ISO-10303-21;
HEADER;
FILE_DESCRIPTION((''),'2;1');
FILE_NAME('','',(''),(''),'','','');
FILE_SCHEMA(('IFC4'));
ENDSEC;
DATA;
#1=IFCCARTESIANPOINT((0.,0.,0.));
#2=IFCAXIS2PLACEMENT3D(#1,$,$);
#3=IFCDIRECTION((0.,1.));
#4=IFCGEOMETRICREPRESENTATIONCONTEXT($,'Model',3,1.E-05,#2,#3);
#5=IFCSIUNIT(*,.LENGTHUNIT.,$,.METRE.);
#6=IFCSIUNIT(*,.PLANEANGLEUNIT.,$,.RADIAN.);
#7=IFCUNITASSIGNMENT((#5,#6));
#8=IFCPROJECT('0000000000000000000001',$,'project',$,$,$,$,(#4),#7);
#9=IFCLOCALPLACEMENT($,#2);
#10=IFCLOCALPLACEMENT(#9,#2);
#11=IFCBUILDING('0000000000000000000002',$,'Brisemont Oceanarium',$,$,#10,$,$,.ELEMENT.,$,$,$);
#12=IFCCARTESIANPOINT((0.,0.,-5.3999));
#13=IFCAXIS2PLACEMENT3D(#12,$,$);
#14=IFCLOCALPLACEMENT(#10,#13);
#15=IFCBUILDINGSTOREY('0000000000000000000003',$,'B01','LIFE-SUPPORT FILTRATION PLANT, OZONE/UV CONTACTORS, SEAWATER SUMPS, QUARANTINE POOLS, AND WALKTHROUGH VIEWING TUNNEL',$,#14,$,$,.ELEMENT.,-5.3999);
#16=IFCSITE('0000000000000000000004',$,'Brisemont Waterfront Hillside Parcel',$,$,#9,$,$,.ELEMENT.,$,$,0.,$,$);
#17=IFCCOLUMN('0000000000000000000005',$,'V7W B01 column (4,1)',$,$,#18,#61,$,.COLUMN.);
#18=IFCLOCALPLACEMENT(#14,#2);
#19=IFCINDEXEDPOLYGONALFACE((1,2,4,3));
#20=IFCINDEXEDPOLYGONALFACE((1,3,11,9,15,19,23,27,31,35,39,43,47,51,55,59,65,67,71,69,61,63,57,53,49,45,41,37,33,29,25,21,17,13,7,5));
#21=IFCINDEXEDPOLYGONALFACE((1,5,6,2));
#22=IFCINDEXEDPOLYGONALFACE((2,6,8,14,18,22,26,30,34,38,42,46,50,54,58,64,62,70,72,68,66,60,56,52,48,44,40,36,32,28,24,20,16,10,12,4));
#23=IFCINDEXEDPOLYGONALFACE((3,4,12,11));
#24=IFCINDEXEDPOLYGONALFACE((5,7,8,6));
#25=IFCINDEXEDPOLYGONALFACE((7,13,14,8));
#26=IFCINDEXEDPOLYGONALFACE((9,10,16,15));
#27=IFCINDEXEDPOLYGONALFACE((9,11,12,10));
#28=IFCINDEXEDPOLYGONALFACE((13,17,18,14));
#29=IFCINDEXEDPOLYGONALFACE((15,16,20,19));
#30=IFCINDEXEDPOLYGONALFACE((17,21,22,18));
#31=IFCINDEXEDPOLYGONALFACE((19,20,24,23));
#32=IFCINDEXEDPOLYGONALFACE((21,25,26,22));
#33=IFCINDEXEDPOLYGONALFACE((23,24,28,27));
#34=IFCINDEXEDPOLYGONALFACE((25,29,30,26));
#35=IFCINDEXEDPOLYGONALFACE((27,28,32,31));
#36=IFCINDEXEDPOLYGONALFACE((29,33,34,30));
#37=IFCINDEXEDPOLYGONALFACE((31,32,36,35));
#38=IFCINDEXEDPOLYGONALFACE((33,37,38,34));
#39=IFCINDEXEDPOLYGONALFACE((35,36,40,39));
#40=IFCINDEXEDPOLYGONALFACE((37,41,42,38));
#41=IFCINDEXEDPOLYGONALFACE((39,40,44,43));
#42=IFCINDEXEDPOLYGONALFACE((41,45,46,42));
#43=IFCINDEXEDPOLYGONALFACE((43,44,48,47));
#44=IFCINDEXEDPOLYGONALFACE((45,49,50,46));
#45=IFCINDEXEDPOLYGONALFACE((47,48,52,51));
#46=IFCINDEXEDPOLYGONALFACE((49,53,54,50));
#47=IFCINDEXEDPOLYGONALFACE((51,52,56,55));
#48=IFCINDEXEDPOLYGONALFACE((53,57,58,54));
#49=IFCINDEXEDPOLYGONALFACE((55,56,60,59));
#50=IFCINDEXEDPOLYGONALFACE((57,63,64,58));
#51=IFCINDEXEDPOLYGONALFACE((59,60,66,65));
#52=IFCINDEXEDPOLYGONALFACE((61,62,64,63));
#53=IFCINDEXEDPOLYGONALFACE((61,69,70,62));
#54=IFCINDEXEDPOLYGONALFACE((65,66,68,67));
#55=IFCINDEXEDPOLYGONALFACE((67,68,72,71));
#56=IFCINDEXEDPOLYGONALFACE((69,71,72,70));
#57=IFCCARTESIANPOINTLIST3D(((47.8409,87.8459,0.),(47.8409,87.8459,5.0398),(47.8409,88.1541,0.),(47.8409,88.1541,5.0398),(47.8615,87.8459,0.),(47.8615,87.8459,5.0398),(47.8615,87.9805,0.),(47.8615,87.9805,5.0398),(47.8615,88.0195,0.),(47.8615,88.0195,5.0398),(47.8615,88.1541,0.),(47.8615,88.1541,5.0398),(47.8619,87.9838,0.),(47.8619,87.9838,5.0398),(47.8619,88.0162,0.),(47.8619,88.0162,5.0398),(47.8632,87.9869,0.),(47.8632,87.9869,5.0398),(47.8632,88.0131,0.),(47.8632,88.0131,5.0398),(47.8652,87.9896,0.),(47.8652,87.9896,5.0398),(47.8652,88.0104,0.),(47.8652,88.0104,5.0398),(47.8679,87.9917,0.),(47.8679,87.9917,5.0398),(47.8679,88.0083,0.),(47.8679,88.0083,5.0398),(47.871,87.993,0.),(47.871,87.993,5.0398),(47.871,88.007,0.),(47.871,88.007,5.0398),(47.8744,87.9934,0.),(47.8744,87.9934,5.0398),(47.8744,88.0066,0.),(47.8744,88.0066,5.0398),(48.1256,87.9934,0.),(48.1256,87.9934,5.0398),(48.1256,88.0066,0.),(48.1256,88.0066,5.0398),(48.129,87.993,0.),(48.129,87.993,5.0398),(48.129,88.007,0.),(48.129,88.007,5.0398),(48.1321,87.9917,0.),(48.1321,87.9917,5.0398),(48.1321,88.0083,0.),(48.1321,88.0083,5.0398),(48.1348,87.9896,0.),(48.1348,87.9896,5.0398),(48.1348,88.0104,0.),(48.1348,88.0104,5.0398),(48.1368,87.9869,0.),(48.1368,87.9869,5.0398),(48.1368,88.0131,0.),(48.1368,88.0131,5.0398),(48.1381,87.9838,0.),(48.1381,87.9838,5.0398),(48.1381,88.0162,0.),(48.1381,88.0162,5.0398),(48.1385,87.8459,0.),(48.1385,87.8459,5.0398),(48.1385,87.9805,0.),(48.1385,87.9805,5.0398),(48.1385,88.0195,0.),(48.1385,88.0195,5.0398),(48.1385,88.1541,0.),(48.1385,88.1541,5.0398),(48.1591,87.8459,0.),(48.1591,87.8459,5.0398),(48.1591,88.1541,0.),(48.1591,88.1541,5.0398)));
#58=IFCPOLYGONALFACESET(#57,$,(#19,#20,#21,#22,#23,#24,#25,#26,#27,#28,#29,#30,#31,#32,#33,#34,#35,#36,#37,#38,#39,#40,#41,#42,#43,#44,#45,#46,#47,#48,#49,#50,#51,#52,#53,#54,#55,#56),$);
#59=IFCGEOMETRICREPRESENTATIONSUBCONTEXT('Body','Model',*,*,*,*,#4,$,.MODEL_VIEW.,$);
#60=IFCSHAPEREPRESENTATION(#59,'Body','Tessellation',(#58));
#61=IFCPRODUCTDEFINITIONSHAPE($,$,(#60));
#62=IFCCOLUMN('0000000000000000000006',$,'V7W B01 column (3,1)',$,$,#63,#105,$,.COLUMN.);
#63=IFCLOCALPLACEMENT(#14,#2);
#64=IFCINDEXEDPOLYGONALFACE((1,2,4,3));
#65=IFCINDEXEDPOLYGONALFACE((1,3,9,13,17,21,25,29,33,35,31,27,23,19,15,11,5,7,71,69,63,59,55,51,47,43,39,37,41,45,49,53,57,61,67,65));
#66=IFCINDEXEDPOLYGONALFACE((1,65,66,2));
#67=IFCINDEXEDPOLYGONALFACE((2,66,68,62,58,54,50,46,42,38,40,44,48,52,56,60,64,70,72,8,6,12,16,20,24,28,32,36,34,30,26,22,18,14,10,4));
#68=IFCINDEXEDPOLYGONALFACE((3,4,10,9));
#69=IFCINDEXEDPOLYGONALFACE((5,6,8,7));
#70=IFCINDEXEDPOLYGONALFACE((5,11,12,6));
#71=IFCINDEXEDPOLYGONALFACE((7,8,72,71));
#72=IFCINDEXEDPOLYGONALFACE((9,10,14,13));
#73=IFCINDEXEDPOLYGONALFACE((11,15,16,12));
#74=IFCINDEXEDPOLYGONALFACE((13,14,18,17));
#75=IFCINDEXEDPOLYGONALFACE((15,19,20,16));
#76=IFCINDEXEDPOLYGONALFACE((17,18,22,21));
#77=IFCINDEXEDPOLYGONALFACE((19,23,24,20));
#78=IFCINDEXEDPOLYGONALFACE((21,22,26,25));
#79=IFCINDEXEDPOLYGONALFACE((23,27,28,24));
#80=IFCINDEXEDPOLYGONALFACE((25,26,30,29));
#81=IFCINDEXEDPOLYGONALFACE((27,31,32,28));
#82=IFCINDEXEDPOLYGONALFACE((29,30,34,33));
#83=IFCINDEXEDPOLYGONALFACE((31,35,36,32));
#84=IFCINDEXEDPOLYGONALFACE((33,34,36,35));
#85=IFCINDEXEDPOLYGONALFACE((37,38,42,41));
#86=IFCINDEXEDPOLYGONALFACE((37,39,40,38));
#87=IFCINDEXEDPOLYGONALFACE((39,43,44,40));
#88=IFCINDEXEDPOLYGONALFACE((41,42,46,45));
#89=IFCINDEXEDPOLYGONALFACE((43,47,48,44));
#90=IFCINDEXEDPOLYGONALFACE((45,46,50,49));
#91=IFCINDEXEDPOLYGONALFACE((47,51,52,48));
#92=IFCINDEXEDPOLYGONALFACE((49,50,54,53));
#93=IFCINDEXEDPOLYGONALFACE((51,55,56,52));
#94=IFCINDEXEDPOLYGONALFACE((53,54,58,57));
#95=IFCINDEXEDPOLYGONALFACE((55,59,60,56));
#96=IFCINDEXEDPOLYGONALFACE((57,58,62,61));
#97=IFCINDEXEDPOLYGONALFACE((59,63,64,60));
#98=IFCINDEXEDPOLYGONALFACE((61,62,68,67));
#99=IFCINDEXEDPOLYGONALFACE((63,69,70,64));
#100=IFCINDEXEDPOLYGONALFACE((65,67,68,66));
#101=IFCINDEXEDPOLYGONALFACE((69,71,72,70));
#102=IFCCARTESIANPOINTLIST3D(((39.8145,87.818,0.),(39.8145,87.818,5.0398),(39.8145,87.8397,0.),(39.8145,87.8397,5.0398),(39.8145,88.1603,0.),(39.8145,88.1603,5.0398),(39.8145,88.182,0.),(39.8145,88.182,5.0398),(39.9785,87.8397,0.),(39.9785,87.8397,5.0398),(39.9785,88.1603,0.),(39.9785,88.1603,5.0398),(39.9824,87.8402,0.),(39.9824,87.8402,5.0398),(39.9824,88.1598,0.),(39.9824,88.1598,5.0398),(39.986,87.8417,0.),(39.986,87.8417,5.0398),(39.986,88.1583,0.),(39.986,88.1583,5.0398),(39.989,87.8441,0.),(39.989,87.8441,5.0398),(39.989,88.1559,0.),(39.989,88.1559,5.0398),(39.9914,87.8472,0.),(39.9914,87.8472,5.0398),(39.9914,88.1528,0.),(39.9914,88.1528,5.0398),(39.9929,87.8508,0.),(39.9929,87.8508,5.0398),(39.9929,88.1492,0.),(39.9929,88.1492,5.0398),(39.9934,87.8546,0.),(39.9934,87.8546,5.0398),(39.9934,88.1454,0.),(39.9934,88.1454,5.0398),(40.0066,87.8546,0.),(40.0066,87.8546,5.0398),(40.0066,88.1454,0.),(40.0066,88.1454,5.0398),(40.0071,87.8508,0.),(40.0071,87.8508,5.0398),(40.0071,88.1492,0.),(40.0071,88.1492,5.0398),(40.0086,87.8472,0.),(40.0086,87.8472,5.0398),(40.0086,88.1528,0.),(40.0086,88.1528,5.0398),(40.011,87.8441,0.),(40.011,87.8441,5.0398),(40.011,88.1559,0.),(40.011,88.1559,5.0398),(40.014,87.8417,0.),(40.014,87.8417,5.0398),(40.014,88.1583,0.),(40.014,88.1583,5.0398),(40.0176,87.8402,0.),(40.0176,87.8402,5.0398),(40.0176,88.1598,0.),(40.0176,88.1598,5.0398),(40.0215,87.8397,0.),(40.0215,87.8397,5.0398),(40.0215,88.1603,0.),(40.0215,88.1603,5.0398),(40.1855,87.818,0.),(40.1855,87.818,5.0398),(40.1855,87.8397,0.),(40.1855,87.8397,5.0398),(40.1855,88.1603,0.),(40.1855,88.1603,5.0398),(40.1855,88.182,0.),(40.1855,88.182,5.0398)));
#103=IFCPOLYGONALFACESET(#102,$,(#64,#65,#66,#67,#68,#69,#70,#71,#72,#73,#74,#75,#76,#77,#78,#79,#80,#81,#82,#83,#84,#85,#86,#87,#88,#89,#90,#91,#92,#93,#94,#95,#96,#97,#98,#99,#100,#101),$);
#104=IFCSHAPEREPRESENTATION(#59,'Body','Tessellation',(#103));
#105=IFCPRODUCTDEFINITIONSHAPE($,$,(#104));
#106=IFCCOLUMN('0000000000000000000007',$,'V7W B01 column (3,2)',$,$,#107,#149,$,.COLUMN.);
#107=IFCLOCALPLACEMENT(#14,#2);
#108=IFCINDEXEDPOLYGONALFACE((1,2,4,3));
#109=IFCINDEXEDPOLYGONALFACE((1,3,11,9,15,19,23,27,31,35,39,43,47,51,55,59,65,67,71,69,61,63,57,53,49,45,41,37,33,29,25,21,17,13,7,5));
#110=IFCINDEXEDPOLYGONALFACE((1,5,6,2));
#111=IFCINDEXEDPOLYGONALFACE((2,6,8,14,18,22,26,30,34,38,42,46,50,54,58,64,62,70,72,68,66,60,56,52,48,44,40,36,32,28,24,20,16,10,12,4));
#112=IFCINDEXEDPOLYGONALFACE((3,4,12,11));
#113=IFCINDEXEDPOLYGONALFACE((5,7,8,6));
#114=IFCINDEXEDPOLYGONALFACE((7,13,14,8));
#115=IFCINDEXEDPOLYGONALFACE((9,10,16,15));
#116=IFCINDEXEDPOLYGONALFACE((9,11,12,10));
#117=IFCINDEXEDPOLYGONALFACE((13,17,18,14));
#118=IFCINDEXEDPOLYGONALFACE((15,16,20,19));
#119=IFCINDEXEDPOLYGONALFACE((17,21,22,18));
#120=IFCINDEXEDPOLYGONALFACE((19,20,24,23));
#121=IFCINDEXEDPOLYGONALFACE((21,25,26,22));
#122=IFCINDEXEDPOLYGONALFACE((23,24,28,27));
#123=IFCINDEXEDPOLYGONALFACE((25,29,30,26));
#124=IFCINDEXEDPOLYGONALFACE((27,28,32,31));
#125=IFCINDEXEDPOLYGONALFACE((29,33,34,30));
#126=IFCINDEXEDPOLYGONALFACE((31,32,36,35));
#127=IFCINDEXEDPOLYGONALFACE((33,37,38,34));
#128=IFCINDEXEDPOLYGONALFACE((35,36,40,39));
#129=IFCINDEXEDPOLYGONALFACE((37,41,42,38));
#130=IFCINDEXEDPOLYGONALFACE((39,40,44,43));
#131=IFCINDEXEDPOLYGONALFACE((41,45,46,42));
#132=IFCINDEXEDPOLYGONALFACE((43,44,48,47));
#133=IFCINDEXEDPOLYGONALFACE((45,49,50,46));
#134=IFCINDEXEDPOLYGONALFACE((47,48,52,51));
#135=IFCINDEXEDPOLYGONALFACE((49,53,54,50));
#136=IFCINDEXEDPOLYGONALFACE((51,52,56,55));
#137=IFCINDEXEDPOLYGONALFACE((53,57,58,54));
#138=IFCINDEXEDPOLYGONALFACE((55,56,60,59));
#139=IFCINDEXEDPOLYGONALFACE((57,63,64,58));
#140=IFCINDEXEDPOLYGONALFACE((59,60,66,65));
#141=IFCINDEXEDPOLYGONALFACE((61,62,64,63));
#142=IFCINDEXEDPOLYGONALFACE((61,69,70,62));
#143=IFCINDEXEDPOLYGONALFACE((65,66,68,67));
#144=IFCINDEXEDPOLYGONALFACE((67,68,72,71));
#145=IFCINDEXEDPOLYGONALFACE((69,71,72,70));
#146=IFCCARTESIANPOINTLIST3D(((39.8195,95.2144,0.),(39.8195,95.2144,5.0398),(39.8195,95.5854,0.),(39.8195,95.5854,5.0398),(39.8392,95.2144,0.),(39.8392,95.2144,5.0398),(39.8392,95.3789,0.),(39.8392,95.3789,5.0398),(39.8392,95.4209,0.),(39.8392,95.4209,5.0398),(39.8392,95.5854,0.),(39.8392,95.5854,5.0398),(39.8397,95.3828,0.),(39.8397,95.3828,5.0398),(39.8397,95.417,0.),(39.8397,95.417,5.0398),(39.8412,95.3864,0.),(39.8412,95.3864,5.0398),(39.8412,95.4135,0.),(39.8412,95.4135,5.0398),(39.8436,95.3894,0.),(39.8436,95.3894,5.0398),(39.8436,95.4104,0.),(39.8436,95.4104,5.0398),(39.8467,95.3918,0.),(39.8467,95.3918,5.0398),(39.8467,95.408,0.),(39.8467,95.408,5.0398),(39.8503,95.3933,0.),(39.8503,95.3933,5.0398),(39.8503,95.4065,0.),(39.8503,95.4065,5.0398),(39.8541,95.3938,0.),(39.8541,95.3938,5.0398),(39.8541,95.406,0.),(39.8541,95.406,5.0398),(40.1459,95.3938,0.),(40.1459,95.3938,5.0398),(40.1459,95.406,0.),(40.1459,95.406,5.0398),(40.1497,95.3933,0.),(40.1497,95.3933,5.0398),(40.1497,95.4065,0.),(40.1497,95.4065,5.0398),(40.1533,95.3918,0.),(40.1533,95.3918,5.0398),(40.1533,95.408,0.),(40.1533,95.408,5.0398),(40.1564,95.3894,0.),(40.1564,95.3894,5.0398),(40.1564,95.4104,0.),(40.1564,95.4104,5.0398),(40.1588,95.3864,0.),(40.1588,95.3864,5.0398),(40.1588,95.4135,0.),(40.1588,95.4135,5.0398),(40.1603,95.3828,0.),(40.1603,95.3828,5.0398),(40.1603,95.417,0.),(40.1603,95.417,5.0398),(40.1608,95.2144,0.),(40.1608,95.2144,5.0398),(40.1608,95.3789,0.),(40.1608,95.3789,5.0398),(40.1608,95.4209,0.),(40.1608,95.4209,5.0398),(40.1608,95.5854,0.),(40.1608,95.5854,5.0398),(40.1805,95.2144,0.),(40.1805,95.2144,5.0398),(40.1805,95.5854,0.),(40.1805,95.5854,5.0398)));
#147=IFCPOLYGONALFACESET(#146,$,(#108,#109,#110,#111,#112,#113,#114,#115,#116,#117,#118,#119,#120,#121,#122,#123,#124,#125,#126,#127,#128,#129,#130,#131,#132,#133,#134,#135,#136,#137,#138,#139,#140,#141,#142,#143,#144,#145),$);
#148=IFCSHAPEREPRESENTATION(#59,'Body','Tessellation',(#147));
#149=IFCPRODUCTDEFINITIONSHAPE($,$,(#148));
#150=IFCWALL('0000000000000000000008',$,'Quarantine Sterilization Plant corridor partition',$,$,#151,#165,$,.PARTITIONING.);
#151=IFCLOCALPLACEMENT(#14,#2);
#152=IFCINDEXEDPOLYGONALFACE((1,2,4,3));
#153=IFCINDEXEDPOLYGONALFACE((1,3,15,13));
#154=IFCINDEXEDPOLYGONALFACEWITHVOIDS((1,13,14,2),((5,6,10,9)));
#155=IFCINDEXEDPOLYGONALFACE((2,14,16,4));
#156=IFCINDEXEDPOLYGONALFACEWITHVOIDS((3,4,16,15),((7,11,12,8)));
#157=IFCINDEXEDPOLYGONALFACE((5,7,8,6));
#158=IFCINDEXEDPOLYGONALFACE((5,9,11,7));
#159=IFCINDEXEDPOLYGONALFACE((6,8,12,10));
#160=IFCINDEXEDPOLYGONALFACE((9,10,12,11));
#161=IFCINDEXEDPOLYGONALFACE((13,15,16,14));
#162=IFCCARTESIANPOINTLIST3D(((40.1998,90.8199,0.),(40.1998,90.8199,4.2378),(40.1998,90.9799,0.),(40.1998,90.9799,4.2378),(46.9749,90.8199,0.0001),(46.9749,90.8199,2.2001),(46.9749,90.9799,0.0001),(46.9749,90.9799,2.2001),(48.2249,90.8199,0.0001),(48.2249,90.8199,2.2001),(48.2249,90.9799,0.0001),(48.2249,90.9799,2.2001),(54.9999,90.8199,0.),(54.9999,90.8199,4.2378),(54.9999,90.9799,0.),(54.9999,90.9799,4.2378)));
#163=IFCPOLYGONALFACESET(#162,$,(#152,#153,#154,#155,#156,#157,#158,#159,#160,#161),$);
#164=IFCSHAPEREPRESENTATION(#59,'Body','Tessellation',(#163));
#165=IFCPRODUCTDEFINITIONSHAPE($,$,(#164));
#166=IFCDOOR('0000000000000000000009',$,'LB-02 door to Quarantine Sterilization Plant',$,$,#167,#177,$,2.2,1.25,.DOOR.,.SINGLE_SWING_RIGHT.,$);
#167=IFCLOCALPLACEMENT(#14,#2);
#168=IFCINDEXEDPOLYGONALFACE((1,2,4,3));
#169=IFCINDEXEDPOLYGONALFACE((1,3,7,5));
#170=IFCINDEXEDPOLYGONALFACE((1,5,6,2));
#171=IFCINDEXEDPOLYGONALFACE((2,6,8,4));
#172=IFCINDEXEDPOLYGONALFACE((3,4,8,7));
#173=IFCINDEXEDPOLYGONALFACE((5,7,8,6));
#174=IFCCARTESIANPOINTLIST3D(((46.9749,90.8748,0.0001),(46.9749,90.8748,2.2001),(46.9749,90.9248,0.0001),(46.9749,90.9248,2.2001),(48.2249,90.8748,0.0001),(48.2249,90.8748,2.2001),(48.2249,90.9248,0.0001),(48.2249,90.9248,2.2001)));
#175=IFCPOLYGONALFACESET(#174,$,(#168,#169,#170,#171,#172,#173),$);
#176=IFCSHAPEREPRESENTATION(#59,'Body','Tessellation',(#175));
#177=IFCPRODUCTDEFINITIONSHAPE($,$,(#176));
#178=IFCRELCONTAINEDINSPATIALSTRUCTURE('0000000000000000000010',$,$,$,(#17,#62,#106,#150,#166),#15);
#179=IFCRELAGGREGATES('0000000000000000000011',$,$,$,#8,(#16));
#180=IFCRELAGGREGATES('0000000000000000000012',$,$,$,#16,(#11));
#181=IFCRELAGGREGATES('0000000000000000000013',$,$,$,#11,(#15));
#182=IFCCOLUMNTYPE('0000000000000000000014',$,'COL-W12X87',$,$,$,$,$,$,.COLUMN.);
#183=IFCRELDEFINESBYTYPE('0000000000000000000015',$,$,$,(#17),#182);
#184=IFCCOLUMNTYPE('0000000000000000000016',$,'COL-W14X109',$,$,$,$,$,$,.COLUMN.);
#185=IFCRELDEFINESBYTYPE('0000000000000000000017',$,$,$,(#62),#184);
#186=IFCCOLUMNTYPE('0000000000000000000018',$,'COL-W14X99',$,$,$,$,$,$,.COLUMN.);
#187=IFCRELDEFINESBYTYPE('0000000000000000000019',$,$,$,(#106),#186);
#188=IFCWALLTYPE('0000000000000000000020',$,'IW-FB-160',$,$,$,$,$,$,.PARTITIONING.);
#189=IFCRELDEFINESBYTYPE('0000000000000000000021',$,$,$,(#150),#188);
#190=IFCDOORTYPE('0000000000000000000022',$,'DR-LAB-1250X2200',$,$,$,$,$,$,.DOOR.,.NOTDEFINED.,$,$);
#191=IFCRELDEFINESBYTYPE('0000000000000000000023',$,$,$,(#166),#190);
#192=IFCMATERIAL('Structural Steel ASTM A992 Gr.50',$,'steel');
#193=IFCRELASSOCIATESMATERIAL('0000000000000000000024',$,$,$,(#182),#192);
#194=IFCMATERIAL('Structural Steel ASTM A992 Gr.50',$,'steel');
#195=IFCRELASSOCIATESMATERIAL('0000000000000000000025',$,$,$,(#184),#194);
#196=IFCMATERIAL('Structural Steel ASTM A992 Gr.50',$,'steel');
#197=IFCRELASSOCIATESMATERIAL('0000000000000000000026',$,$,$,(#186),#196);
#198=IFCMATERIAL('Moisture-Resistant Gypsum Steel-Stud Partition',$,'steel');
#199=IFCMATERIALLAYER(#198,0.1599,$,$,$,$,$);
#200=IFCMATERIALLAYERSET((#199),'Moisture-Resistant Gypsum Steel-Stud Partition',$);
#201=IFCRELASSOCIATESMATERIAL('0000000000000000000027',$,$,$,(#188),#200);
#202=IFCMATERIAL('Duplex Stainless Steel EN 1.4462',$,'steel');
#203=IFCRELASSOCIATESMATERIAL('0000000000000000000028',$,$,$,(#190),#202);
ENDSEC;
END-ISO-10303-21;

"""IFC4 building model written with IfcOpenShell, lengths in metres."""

from ifc_helpers import new_model, si_unit, direction, frame, frame_2d, origin, origin_2d, place, context, subcontext, project, spatial, rectangle, i_section, extrude, material, layer, layer_set, material_profile, profile_set, type_object, element, fill, save


model = new_model("IFC4")

# Units and contexts
model_context = context("Model", 3, precision=1e-05, world=origin(), true_north=direction((0.0, 1.0)))
body_context = subcontext(model_context, "Body", "Model", "MODEL_VIEW")
ifc_project = project(units=[si_unit("LENGTHUNIT", "METRE"), si_unit("PLANEANGLEUNIT", "RADIAN")], contexts=[model_context])

# Site, building, storey
site_placement = place(None, origin())
site = spatial("IfcSite", under=ifc_project, at=site_placement, Name="Brisemont Waterfront Hillside Parcel", CompositionType="ELEMENT", RefElevation=0.0)
building_placement = place(site_placement, origin())
building = spatial("IfcBuilding", under=site, at=building_placement, Name="Brisemont Oceanarium", CompositionType="ELEMENT")
storey_placement = place(building_placement, frame((0.0, 0.0, -5.3999)))
storey = spatial("IfcBuildingStorey", under=building, at=storey_placement, Name="B01", Description="LIFE-SUPPORT FILTRATION PLANT, OZONE/UV CONTACTORS, SEAWATER SUMPS, QUARANTINE POOLS, AND WALKTHROUGH VIEWING TUNNEL", CompositionType="ELEMENT", Elevation=-5.3999)

# Columns
ifc_material_1 = material(Name="Structural Steel ASTM A992 Gr.50", Category="steel")
ifc_material_profile_1 = material_profile(ifc_material_1, i_section(OverallWidth=0.3081, OverallDepth=0.3181, WebThickness=0.0132, FlangeThickness=0.0205, FilletRadius=0.0129, at=origin_2d()), Name="W12X87")
ifc_profile_set_1 = profile_set([ifc_material_profile_1], Name="Structural Steel ASTM A992 Gr.50")
column_type_1 = type_object("IfcColumnType", Name="COL-W12X87", PredefinedType="COLUMN", material=ifc_profile_set_1)
column_1_placement = place(storey_placement, frame((48.0, 88.0, 0.0), z_axis=(0.0, 0.0, 1.0), x_axis=(0.0, 1.0, 0.0)))
element("IfcColumn", 1, at=column_1_placement, inside=storey, type_object=column_type_1, Name="V7W B01 column (4,1)", PredefinedType="COLUMN", context=body_context, shape_type="SweptSolid", body=[
    extrude(i_section(OverallWidth=0.3081, OverallDepth=0.3181, WebThickness=0.0132, FlangeThickness=0.0205, FilletRadius=0.0129, at=origin_2d()), origin(), (0.0, 0.0, 1.0), 5.0398),
])
ifc_material_2 = material(Name="Structural Steel ASTM A992 Gr.50", Category="steel")
ifc_material_profile_2 = material_profile(ifc_material_2, i_section(OverallWidth=0.3711, OverallDepth=0.364, WebThickness=0.0132, FlangeThickness=0.0217, FilletRadius=0.0149, at=origin_2d()), Name="W14X109")
ifc_profile_set_2 = profile_set([ifc_material_profile_2], Name="Structural Steel ASTM A992 Gr.50")
column_type_2 = type_object("IfcColumnType", Name="COL-W14X109", PredefinedType="COLUMN", material=ifc_profile_set_2)
column_2_placement = place(storey_placement, frame((40.0, 88.0, 0.0), z_axis=(0.0, 0.0, 1.0), x_axis=(1.0, 0.0, 0.0)))
element("IfcColumn", 2, at=column_2_placement, inside=storey, type_object=column_type_2, Name="V7W B01 column (3,1)", PredefinedType="COLUMN", context=body_context, shape_type="SweptSolid", body=[
    extrude(i_section(OverallWidth=0.3711, OverallDepth=0.364, WebThickness=0.0132, FlangeThickness=0.0217, FilletRadius=0.0149, at=origin_2d()), origin(), (0.0, 0.0, 1.0), 5.0398),
])
ifc_material_3 = material(Name="Structural Steel ASTM A992 Gr.50", Category="steel")
ifc_material_profile_3 = material_profile(ifc_material_3, i_section(OverallWidth=0.3711, OverallDepth=0.3611, WebThickness=0.0122, FlangeThickness=0.0198, FilletRadius=0.0149, at=origin_2d()), Name="W14X99")
ifc_profile_set_3 = profile_set([ifc_material_profile_3], Name="Structural Steel ASTM A992 Gr.50")
column_type_3 = type_object("IfcColumnType", Name="COL-W14X99", PredefinedType="COLUMN", material=ifc_profile_set_3)
column_3_placement = place(storey_placement, frame((40.0, 95.3999, 0.0), z_axis=(0.0, 0.0, 1.0), x_axis=(0.0, 1.0, 0.0)))
element("IfcColumn", 3, at=column_3_placement, inside=storey, type_object=column_type_3, Name="V7W B01 column (3,2)", PredefinedType="COLUMN", context=body_context, shape_type="SweptSolid", body=[
    extrude(i_section(OverallWidth=0.3711, OverallDepth=0.3611, WebThickness=0.0122, FlangeThickness=0.0198, FilletRadius=0.0149, at=origin_2d()), origin(), (0.0, 0.0, 1.0), 5.0398),
])

# Wall, opening, door
ifc_material_4 = material(Name="Moisture-Resistant Gypsum Steel-Stud Partition", Category="steel")
ifc_layer_1 = layer(ifc_material_4, 0.1599)
ifc_layer_set_1 = layer_set([ifc_layer_1], Name="Moisture-Resistant Gypsum Steel-Stud Partition")
wall_type_1 = type_object("IfcWallType", Name="IW-FB-160", PredefinedType="PARTITIONING", material=ifc_layer_set_1)
wall_1_placement = place(storey_placement, frame((40.2, 90.8999, 0.0), z_axis=(0.0, 0.0, 1.0), x_axis=(1.0, 0.0, 0.0)))
wall_1 = element("IfcWall", 4, at=wall_1_placement, inside=storey, type_object=wall_type_1, Name="Quarantine Sterilization Plant corridor partition", PredefinedType="PARTITIONING", context=body_context, shape_type="SweptSolid", body=[
    extrude(rectangle(XDim=14.8, YDim=0.1599, at=frame_2d((7.3999, 0.0))), origin(), (0.0, 0.0, 1.0), 4.2378),
])
opening_1_placement = place(wall_1_placement, frame((6.7749, 0.0, 0.0)))
opening_1 = element("IfcOpeningElement", 5, at=opening_1_placement, cuts=wall_1, PredefinedType="OPENING", context=body_context, shape_type="SweptSolid", body=[
    extrude(rectangle(XDim=1.25, YDim=2.2, at=frame_2d((0.625, 1.1001))), frame((0.0, 0.0898, 0.0), z_axis=(0.0, -1.0, 0.0), x_axis=(1.0, 0.0, 0.0)), (0.0, 0.0, 1.0), 0.1799),
])
ifc_material_5 = material(Name="Duplex Stainless Steel EN 1.4462", Category="steel")
door_type_1 = type_object("IfcDoorType", Name="DR-LAB-1250X2200", OperationType="NOTDEFINED", PredefinedType="DOOR", material=ifc_material_5)
door_1_placement = place(opening_1_placement, origin())
door_1 = element("IfcDoor", 6, at=door_1_placement, inside=storey, type_object=door_type_1, Name="LB-02 door to Quarantine Sterilization Plant", OperationType="SINGLE_SWING_RIGHT", OverallHeight=2.2, OverallWidth=1.25, PredefinedType="DOOR", context=body_context, shape_type="SweptSolid", body=[
    extrude(rectangle(XDim=1.25, YDim=2.2, at=frame_2d((0.625, 1.1001))), frame((0.0, 0.0249, 0.0), z_axis=(0.0, -1.0, 0.0), x_axis=(1.0, 0.0, 0.0)), (0.0, 0.0, 1.0), 0.05),
])
fill(opening_1, door_1)

save(model, "model.ifc")
